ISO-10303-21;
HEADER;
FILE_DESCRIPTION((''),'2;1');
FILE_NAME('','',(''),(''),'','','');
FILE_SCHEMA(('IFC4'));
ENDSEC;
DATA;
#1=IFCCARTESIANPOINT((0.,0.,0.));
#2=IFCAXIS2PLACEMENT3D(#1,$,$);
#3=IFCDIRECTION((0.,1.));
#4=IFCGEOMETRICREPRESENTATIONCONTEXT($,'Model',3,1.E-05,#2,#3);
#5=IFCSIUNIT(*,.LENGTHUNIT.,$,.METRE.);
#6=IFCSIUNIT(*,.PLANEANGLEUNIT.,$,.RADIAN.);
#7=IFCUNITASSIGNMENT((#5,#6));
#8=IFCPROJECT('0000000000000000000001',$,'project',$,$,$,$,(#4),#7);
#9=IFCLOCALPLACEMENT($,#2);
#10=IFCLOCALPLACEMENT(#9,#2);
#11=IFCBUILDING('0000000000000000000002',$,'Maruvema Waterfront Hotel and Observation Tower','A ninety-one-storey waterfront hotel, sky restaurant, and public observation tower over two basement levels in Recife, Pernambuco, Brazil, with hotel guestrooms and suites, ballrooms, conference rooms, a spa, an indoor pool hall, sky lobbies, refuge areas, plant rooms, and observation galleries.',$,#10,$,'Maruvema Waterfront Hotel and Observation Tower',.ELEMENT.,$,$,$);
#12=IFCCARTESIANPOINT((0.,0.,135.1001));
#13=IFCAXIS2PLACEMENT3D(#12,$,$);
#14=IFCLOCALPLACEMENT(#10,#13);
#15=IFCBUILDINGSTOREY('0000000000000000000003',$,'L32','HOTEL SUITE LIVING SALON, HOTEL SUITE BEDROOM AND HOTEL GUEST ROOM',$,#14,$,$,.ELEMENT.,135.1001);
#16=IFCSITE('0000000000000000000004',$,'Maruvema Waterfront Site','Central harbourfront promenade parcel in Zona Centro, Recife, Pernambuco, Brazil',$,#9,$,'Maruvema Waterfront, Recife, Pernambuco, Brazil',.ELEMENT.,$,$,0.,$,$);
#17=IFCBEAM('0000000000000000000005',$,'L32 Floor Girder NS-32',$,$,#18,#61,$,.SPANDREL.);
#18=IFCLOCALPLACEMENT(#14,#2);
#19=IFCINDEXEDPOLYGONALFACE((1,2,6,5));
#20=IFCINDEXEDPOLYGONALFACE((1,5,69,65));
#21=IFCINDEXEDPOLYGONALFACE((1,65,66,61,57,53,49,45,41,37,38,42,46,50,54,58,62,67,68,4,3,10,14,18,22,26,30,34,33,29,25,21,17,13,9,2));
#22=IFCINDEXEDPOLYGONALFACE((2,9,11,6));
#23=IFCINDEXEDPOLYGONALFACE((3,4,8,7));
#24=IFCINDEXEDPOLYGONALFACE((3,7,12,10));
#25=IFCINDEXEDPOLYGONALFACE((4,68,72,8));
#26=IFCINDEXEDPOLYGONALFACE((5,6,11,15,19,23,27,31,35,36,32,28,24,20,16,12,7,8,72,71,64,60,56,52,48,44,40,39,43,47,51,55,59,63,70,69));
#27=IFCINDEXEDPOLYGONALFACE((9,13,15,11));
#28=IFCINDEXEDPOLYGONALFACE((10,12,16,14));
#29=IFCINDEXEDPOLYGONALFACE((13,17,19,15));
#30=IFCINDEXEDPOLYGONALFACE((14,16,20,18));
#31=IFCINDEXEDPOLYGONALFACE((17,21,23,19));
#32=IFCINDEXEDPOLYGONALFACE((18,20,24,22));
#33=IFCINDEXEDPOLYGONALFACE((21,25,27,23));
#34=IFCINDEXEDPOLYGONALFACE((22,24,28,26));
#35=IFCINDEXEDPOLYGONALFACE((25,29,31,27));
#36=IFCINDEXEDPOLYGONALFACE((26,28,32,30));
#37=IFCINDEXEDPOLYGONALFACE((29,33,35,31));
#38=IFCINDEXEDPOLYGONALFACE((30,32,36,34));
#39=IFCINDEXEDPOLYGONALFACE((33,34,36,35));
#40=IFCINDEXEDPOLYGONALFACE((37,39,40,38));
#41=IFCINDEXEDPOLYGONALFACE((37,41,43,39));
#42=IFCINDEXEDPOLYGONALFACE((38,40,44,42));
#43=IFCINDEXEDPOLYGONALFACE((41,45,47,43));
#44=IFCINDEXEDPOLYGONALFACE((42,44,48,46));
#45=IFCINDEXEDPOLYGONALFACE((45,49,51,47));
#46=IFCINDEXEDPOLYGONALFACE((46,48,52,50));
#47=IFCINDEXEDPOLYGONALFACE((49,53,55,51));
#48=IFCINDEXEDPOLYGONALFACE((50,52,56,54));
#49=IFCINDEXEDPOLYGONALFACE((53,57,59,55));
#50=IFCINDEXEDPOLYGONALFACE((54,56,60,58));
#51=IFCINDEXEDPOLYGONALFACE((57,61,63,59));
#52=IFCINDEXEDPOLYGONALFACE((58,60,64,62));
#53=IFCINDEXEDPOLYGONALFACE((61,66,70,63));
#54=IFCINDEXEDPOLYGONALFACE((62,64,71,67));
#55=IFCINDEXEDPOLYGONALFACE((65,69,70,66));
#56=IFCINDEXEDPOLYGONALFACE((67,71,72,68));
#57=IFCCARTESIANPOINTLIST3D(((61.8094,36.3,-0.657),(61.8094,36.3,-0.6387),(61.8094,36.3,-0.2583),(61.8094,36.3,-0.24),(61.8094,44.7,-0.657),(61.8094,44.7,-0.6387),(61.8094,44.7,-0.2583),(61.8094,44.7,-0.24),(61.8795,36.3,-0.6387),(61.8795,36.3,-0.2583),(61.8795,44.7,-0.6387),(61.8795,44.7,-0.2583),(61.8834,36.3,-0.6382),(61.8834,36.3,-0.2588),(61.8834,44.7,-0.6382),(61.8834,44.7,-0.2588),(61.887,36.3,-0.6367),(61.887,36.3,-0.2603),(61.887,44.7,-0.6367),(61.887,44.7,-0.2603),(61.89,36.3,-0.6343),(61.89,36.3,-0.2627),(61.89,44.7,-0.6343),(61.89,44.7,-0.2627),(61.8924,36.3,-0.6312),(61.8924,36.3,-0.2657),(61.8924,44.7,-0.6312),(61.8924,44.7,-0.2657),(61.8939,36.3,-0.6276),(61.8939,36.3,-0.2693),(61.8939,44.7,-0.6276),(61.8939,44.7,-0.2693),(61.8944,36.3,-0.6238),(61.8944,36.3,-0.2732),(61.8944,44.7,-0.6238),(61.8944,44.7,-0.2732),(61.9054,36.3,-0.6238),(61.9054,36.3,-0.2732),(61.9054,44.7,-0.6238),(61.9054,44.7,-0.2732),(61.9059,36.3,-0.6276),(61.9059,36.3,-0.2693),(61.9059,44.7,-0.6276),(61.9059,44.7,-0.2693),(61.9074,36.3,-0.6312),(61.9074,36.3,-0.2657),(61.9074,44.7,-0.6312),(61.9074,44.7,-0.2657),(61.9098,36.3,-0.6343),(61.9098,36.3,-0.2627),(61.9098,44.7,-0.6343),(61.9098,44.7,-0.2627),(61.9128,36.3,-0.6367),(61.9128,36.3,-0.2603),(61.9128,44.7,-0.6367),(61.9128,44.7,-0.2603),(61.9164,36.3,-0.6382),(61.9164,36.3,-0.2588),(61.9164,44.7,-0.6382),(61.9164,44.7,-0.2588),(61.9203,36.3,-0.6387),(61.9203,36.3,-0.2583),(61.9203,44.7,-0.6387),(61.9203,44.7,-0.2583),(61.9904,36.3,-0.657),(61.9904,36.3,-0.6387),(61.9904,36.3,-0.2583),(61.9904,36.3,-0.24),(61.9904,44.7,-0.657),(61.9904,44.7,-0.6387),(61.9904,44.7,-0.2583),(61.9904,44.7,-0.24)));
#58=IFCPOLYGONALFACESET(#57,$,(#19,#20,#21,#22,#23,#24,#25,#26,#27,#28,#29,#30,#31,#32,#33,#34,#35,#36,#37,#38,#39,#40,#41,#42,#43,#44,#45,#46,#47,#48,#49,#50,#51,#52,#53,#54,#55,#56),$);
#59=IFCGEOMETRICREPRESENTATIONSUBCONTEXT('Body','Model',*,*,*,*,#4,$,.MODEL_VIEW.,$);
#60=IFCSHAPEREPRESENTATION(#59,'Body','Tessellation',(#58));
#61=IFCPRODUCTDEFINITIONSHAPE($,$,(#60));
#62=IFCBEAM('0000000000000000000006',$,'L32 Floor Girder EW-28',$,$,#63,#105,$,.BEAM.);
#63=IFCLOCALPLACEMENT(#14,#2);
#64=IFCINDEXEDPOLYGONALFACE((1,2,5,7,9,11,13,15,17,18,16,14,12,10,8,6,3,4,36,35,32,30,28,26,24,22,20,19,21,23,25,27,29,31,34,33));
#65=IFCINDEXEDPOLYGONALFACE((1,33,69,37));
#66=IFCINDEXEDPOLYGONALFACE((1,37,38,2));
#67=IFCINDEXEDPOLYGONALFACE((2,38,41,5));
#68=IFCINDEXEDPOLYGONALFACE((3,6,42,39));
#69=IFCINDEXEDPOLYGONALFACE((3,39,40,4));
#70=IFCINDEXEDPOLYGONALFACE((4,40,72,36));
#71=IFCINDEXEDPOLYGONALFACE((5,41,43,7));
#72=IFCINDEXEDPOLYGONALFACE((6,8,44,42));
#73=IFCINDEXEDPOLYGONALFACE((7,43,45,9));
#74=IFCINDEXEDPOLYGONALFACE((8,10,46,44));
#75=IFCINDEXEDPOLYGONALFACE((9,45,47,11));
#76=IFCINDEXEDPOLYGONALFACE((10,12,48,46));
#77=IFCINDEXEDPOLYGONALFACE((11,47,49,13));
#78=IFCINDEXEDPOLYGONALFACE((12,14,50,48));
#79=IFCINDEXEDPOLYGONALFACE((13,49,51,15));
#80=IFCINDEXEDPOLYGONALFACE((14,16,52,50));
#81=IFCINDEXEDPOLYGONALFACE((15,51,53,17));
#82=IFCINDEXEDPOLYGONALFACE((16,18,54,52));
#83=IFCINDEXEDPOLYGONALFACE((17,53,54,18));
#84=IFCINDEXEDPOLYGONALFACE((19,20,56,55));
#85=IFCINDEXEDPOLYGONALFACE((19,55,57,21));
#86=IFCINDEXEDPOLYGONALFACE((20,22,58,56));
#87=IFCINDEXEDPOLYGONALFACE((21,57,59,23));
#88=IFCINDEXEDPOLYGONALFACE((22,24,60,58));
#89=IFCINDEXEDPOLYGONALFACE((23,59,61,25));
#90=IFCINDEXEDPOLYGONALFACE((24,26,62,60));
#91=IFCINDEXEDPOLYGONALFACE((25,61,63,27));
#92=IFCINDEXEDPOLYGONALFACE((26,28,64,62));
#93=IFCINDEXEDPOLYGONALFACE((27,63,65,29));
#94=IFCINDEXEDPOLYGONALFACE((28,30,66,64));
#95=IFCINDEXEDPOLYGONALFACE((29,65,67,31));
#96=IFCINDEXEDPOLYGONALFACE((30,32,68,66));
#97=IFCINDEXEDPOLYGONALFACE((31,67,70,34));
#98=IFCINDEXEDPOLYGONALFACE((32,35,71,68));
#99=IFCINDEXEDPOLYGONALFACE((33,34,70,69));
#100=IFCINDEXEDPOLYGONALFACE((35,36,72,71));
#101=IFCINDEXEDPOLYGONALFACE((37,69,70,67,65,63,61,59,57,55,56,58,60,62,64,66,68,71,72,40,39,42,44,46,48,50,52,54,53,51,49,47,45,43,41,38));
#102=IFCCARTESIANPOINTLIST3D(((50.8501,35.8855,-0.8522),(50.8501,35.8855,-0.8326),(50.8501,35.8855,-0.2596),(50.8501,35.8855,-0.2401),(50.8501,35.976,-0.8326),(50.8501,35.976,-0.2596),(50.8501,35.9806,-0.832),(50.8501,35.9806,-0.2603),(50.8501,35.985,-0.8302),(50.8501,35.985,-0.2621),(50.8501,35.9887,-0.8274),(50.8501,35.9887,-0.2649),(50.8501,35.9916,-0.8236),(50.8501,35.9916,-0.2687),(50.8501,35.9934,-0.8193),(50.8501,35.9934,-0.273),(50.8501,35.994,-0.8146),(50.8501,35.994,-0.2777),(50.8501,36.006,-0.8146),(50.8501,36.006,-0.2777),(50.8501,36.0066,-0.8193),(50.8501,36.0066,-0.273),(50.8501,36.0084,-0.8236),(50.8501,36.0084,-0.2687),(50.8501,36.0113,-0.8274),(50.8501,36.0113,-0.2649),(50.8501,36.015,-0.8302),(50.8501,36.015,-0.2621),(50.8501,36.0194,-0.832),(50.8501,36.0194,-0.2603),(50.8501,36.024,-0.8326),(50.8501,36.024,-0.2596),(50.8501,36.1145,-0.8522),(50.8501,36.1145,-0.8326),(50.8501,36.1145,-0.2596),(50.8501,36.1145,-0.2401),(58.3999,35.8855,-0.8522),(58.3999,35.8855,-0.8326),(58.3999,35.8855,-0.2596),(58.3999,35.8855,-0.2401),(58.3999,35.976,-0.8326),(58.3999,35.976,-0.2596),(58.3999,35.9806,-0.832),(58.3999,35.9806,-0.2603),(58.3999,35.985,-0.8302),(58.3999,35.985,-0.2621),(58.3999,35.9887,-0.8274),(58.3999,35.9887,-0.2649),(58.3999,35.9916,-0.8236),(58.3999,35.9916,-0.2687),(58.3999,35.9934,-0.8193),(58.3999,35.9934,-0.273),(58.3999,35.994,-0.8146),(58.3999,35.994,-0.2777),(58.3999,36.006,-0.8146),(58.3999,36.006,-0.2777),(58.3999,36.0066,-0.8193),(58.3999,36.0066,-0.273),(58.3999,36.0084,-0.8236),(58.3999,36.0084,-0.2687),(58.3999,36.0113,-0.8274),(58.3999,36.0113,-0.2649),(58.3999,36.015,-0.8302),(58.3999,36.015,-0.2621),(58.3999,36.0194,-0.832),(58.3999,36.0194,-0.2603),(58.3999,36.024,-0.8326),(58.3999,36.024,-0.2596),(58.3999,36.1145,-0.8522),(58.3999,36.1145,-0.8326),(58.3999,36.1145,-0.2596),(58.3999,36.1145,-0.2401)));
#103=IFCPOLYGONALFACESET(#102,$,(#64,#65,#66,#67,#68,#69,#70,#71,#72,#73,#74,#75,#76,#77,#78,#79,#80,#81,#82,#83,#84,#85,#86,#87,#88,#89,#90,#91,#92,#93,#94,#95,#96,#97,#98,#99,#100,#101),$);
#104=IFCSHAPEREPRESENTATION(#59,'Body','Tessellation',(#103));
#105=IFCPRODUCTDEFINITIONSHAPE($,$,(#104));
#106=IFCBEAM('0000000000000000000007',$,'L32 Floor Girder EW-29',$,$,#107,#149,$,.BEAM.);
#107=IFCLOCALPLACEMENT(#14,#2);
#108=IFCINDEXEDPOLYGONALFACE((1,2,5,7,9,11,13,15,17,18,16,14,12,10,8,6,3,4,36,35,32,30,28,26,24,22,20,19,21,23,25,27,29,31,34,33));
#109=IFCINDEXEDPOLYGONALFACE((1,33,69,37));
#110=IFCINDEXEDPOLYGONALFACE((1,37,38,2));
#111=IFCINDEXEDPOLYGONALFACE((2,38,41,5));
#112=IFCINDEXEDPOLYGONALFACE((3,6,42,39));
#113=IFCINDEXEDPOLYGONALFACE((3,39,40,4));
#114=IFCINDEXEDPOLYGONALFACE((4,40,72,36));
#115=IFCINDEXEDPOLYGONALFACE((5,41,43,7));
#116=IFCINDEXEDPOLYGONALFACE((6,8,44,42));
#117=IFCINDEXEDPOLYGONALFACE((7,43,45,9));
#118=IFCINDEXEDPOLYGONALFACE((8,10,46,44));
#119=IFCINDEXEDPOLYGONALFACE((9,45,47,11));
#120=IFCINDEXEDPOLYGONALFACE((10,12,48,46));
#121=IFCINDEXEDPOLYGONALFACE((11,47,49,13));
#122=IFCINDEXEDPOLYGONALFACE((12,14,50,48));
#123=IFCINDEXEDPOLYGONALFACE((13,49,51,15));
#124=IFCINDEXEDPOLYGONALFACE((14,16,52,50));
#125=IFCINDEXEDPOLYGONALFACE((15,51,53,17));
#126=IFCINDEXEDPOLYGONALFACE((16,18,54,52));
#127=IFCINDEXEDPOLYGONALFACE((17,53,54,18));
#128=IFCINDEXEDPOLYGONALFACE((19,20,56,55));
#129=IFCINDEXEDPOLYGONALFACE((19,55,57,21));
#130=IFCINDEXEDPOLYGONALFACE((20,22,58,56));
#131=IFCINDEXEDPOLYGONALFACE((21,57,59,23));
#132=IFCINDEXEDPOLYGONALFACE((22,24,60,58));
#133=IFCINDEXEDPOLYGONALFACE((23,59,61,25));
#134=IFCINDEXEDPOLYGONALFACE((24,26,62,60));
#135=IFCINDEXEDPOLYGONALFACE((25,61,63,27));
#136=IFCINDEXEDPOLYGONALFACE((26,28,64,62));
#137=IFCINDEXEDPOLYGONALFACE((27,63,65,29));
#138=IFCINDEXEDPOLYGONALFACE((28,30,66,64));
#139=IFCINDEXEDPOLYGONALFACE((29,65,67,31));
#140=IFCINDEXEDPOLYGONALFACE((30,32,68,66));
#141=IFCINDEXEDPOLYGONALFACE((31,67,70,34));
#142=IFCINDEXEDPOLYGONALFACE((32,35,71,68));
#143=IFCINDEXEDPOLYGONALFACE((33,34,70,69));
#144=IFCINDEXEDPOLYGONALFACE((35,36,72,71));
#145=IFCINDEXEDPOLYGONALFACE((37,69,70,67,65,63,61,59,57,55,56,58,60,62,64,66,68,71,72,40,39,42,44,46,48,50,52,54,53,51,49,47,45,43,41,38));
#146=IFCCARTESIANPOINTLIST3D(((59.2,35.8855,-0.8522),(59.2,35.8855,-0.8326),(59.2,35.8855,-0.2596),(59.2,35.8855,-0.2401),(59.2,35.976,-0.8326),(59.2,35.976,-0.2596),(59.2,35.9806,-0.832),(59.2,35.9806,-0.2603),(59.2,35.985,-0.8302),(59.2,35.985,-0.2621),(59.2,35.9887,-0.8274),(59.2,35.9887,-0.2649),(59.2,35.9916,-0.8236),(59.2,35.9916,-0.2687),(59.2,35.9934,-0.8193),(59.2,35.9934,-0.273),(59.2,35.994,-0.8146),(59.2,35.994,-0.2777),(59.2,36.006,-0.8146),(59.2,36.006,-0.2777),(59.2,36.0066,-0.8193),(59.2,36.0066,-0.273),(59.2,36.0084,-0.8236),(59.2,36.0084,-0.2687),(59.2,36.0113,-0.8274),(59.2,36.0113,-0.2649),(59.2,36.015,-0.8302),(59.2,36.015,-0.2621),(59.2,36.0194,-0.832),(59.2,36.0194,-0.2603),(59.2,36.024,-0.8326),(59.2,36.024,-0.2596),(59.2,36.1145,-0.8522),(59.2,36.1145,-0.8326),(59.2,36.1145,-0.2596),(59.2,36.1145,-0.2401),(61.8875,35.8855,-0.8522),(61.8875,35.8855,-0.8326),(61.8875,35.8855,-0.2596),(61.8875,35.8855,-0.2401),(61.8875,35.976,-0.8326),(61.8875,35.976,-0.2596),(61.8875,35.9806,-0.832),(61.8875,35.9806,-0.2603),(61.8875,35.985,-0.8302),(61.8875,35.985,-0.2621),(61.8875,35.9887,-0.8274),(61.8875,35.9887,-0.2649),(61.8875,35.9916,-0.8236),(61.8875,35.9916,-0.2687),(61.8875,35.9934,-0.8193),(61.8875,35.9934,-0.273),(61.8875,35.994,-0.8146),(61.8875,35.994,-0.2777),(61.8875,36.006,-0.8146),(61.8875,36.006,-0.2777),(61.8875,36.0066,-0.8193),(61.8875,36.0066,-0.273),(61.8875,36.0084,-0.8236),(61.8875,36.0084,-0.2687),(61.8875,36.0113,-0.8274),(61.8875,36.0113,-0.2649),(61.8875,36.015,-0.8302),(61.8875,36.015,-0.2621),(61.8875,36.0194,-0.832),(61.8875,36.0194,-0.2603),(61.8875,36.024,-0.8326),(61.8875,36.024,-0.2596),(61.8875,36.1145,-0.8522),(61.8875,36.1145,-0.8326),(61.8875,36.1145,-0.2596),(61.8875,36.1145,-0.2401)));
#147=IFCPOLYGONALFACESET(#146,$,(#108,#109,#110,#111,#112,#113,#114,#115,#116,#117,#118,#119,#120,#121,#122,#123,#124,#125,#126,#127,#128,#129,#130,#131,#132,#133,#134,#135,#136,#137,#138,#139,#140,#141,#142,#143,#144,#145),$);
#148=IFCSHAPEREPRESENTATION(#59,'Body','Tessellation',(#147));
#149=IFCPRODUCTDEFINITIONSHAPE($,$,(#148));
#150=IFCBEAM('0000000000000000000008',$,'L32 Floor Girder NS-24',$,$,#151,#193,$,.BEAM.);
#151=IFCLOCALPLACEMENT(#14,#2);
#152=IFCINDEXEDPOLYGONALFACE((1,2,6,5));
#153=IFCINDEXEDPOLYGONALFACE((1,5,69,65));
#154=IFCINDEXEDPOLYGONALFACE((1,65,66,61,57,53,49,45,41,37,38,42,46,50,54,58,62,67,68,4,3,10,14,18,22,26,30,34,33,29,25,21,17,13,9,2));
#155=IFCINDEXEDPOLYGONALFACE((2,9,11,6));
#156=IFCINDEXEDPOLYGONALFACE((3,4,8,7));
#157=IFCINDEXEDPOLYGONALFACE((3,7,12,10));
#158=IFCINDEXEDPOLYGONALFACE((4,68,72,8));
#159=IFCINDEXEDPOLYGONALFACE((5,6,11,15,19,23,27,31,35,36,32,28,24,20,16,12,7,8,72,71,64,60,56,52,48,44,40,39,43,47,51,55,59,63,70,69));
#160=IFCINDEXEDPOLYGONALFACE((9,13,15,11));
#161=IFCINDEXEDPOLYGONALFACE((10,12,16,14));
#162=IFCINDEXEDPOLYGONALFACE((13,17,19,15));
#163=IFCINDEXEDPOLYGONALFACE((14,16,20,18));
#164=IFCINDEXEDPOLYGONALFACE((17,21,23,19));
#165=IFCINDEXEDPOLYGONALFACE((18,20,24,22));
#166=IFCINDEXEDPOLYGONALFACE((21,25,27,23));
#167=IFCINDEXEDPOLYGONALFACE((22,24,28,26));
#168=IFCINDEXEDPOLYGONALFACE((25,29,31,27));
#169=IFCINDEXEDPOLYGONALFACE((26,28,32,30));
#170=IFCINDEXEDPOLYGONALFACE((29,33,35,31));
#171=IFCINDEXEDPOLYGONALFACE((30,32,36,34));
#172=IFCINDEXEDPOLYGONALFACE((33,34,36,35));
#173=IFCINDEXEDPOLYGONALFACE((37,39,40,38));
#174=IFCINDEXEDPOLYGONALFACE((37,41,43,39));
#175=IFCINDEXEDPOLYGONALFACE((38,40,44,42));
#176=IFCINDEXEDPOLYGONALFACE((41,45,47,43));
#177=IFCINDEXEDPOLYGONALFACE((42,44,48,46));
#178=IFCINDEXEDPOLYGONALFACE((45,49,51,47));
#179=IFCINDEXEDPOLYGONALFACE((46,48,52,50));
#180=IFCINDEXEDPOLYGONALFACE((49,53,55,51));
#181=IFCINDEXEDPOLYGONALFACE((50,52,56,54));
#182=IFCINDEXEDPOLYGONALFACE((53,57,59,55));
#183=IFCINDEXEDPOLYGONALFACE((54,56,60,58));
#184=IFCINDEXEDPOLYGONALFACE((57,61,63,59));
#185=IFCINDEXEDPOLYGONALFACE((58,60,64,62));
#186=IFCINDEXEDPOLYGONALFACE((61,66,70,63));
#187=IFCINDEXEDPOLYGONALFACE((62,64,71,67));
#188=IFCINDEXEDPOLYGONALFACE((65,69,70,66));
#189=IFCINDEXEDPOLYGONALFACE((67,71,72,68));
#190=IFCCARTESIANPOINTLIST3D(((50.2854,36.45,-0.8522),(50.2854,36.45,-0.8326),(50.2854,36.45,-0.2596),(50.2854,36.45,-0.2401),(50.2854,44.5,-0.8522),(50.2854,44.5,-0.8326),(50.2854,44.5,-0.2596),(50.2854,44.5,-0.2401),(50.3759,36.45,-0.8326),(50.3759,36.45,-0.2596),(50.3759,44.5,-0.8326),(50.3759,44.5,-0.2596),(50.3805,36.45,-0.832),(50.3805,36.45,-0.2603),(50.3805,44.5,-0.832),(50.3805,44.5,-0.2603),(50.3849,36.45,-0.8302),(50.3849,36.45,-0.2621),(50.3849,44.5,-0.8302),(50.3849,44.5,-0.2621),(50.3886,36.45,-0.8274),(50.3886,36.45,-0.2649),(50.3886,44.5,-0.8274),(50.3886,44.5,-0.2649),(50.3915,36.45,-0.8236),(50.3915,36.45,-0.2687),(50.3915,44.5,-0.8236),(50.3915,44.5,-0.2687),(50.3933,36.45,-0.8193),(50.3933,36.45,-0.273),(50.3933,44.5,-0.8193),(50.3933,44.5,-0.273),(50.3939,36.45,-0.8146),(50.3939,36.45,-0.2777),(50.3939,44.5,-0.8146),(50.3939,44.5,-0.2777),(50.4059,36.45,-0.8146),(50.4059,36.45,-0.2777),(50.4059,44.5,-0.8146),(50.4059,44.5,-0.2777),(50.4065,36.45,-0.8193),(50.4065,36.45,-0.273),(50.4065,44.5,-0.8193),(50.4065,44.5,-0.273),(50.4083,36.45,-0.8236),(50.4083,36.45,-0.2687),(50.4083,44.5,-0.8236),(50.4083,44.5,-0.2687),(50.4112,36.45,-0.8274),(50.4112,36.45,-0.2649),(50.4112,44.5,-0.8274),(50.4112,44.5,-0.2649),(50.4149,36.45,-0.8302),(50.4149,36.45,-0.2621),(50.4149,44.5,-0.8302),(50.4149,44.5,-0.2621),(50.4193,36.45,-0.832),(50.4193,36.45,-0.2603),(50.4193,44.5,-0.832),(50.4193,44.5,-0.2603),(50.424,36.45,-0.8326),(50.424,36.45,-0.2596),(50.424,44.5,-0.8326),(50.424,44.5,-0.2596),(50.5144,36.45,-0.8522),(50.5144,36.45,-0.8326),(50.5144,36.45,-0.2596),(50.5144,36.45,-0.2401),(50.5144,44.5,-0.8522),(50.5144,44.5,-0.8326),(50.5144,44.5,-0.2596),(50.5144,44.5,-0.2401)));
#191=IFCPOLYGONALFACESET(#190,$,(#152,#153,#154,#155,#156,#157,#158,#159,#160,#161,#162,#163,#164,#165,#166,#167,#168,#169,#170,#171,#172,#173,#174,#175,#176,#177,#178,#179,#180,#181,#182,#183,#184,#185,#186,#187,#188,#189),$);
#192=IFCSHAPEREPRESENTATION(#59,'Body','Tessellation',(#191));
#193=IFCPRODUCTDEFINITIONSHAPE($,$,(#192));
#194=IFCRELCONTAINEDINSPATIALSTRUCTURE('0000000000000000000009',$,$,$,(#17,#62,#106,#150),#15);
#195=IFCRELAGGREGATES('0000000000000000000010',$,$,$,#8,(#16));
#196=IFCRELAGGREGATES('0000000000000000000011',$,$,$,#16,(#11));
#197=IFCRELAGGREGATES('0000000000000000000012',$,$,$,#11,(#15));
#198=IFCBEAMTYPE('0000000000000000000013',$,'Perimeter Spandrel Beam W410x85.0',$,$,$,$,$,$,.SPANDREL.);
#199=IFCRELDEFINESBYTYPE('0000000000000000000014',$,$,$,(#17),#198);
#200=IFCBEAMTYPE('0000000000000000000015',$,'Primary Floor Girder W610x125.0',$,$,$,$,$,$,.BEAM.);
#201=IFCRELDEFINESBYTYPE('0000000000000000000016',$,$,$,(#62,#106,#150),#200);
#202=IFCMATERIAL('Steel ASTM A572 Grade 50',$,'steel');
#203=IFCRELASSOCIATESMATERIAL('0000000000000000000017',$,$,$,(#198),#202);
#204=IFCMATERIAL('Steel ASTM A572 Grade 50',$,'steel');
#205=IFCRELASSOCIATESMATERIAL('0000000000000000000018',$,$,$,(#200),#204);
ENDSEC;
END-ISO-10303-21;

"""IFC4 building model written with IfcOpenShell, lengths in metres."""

from ifc_helpers import new_model, si_unit, direction, frame, origin, origin_2d, place, context, subcontext, project, spatial, i_section, extrude, material, material_profile, profile_set, type_object, element, save


model = new_model("IFC4")

# Units and contexts
model_context = context("Model", 3, precision=1e-05, world=origin(), true_north=direction((0.0, 1.0)))
body_context = subcontext(model_context, "Body", "Model", "MODEL_VIEW")
ifc_project = project(units=[si_unit("LENGTHUNIT", "METRE"), si_unit("PLANEANGLEUNIT", "RADIAN")], contexts=[model_context])

# Site, building, storey
site_placement = place(None, origin())
site = spatial("IfcSite", under=ifc_project, at=site_placement, Name="Maruvema Waterfront Site", Description="Central harbourfront promenade parcel in Zona Centro, Recife, Pernambuco, Brazil", LongName="Maruvema Waterfront, Recife, Pernambuco, Brazil", CompositionType="ELEMENT", RefElevation=0.0)
building_placement = place(site_placement, origin())
building = spatial("IfcBuilding", under=site, at=building_placement, Name="Maruvema Waterfront Hotel and Observation Tower", Description="A ninety-one-storey waterfront hotel, sky restaurant, and public observation tower over two basement levels in Recife, Pernambuco, Brazil, with hotel guestrooms and suites, ballrooms, conference rooms, a spa, an indoor pool hall, sky lobbies, refuge areas, plant rooms, and observation galleries.", LongName="Maruvema Waterfront Hotel and Observation Tower", CompositionType="ELEMENT")
storey_placement = place(building_placement, frame((0.0, 0.0, 135.1001)))
storey = spatial("IfcBuildingStorey", under=building, at=storey_placement, Name="L32", Description="HOTEL SUITE LIVING SALON, HOTEL SUITE BEDROOM AND HOTEL GUEST ROOM", CompositionType="ELEMENT", Elevation=135.1001)

# Beams
ifc_material_1 = material(Name="Steel ASTM A572 Grade 50", Category="steel")
ifc_material_profile_1 = material_profile(ifc_material_1, i_section(OverallWidth=0.1809, OverallDepth=0.417, WebThickness=0.011, FlangeThickness=0.0183, FilletRadius=0.0149, at=origin_2d()), Name="W410x85.0")
ifc_profile_set_1 = profile_set([ifc_material_profile_1], Name="Steel ASTM A572 Grade 50")
beam_type_1 = type_object("IfcBeamType", Name="Perimeter Spandrel Beam W410x85.0", PredefinedType="SPANDREL", material=ifc_profile_set_1)
beam_1_placement = place(storey_placement, frame((61.8999, 36.3, -0.4485), z_axis=(0.0, 1.0, 0.0), x_axis=(-1.0, 0.0, 0.0)))
element("IfcBeam", 1, at=beam_1_placement, inside=storey, type_object=beam_type_1, Name="L32 Floor Girder NS-32", PredefinedType="SPANDREL", context=body_context, shape_type="SweptSolid", body=[
    extrude(i_section(OverallWidth=0.1809, OverallDepth=0.417, WebThickness=0.011, FlangeThickness=0.0183, FilletRadius=0.0149, at=origin_2d()), origin(), (0.0, 0.0, 1.0), 8.3999),
])
ifc_material_2 = material(Name="Steel ASTM A572 Grade 50", Category="steel")
ifc_material_profile_2 = material_profile(ifc_material_2, i_section(OverallWidth=0.229, OverallDepth=0.6121, WebThickness=0.012, FlangeThickness=0.0195, FilletRadius=0.0181, at=origin_2d()), Name="W610x125.0")
ifc_profile_set_2 = profile_set([ifc_material_profile_2], Name="Steel ASTM A572 Grade 50")
beam_type_2 = type_object("IfcBeamType", Name="Primary Floor Girder W610x125.0", PredefinedType="BEAM", material=ifc_profile_set_2)
beam_2_placement = place(storey_placement, frame((50.8501, 36.0, -0.5461), z_axis=(1.0, 0.0, 0.0), x_axis=(0.0, 1.0, 0.0)))
element("IfcBeam", 2, at=beam_2_placement, inside=storey, type_object=beam_type_2, Name="L32 Floor Girder EW-28", PredefinedType="BEAM", context=body_context, shape_type="SweptSolid", body=[
    extrude(i_section(OverallWidth=0.229, OverallDepth=0.6121, WebThickness=0.012, FlangeThickness=0.0195, FilletRadius=0.0181, at=origin_2d()), origin(), (0.0, 0.0, 1.0), 7.5498),
])
beam_3_placement = place(storey_placement, frame((59.2, 36.0, -0.5461), z_axis=(1.0, 0.0, 0.0), x_axis=(0.0, 1.0, 0.0)))
element("IfcBeam", 3, at=beam_3_placement, inside=storey, type_object=beam_type_2, Name="L32 Floor Girder EW-29", PredefinedType="BEAM", context=body_context, shape_type="SweptSolid", body=[
    extrude(i_section(OverallWidth=0.229, OverallDepth=0.6121, WebThickness=0.012, FlangeThickness=0.0195, FilletRadius=0.0181, at=origin_2d()), origin(), (0.0, 0.0, 1.0), 2.6875),
])
beam_4_placement = place(storey_placement, frame((50.3999, 36.45, -0.5461), z_axis=(0.0, 1.0, 0.0), x_axis=(-1.0, 0.0, 0.0)))
element("IfcBeam", 4, at=beam_4_placement, inside=storey, type_object=beam_type_2, Name="L32 Floor Girder NS-24", PredefinedType="BEAM", context=body_context, shape_type="SweptSolid", body=[
    extrude(i_section(OverallWidth=0.229, OverallDepth=0.6121, WebThickness=0.012, FlangeThickness=0.0195, FilletRadius=0.0181, at=origin_2d()), origin(), (0.0, 0.0, 1.0), 8.05),
])

save(model, "model.ifc")
